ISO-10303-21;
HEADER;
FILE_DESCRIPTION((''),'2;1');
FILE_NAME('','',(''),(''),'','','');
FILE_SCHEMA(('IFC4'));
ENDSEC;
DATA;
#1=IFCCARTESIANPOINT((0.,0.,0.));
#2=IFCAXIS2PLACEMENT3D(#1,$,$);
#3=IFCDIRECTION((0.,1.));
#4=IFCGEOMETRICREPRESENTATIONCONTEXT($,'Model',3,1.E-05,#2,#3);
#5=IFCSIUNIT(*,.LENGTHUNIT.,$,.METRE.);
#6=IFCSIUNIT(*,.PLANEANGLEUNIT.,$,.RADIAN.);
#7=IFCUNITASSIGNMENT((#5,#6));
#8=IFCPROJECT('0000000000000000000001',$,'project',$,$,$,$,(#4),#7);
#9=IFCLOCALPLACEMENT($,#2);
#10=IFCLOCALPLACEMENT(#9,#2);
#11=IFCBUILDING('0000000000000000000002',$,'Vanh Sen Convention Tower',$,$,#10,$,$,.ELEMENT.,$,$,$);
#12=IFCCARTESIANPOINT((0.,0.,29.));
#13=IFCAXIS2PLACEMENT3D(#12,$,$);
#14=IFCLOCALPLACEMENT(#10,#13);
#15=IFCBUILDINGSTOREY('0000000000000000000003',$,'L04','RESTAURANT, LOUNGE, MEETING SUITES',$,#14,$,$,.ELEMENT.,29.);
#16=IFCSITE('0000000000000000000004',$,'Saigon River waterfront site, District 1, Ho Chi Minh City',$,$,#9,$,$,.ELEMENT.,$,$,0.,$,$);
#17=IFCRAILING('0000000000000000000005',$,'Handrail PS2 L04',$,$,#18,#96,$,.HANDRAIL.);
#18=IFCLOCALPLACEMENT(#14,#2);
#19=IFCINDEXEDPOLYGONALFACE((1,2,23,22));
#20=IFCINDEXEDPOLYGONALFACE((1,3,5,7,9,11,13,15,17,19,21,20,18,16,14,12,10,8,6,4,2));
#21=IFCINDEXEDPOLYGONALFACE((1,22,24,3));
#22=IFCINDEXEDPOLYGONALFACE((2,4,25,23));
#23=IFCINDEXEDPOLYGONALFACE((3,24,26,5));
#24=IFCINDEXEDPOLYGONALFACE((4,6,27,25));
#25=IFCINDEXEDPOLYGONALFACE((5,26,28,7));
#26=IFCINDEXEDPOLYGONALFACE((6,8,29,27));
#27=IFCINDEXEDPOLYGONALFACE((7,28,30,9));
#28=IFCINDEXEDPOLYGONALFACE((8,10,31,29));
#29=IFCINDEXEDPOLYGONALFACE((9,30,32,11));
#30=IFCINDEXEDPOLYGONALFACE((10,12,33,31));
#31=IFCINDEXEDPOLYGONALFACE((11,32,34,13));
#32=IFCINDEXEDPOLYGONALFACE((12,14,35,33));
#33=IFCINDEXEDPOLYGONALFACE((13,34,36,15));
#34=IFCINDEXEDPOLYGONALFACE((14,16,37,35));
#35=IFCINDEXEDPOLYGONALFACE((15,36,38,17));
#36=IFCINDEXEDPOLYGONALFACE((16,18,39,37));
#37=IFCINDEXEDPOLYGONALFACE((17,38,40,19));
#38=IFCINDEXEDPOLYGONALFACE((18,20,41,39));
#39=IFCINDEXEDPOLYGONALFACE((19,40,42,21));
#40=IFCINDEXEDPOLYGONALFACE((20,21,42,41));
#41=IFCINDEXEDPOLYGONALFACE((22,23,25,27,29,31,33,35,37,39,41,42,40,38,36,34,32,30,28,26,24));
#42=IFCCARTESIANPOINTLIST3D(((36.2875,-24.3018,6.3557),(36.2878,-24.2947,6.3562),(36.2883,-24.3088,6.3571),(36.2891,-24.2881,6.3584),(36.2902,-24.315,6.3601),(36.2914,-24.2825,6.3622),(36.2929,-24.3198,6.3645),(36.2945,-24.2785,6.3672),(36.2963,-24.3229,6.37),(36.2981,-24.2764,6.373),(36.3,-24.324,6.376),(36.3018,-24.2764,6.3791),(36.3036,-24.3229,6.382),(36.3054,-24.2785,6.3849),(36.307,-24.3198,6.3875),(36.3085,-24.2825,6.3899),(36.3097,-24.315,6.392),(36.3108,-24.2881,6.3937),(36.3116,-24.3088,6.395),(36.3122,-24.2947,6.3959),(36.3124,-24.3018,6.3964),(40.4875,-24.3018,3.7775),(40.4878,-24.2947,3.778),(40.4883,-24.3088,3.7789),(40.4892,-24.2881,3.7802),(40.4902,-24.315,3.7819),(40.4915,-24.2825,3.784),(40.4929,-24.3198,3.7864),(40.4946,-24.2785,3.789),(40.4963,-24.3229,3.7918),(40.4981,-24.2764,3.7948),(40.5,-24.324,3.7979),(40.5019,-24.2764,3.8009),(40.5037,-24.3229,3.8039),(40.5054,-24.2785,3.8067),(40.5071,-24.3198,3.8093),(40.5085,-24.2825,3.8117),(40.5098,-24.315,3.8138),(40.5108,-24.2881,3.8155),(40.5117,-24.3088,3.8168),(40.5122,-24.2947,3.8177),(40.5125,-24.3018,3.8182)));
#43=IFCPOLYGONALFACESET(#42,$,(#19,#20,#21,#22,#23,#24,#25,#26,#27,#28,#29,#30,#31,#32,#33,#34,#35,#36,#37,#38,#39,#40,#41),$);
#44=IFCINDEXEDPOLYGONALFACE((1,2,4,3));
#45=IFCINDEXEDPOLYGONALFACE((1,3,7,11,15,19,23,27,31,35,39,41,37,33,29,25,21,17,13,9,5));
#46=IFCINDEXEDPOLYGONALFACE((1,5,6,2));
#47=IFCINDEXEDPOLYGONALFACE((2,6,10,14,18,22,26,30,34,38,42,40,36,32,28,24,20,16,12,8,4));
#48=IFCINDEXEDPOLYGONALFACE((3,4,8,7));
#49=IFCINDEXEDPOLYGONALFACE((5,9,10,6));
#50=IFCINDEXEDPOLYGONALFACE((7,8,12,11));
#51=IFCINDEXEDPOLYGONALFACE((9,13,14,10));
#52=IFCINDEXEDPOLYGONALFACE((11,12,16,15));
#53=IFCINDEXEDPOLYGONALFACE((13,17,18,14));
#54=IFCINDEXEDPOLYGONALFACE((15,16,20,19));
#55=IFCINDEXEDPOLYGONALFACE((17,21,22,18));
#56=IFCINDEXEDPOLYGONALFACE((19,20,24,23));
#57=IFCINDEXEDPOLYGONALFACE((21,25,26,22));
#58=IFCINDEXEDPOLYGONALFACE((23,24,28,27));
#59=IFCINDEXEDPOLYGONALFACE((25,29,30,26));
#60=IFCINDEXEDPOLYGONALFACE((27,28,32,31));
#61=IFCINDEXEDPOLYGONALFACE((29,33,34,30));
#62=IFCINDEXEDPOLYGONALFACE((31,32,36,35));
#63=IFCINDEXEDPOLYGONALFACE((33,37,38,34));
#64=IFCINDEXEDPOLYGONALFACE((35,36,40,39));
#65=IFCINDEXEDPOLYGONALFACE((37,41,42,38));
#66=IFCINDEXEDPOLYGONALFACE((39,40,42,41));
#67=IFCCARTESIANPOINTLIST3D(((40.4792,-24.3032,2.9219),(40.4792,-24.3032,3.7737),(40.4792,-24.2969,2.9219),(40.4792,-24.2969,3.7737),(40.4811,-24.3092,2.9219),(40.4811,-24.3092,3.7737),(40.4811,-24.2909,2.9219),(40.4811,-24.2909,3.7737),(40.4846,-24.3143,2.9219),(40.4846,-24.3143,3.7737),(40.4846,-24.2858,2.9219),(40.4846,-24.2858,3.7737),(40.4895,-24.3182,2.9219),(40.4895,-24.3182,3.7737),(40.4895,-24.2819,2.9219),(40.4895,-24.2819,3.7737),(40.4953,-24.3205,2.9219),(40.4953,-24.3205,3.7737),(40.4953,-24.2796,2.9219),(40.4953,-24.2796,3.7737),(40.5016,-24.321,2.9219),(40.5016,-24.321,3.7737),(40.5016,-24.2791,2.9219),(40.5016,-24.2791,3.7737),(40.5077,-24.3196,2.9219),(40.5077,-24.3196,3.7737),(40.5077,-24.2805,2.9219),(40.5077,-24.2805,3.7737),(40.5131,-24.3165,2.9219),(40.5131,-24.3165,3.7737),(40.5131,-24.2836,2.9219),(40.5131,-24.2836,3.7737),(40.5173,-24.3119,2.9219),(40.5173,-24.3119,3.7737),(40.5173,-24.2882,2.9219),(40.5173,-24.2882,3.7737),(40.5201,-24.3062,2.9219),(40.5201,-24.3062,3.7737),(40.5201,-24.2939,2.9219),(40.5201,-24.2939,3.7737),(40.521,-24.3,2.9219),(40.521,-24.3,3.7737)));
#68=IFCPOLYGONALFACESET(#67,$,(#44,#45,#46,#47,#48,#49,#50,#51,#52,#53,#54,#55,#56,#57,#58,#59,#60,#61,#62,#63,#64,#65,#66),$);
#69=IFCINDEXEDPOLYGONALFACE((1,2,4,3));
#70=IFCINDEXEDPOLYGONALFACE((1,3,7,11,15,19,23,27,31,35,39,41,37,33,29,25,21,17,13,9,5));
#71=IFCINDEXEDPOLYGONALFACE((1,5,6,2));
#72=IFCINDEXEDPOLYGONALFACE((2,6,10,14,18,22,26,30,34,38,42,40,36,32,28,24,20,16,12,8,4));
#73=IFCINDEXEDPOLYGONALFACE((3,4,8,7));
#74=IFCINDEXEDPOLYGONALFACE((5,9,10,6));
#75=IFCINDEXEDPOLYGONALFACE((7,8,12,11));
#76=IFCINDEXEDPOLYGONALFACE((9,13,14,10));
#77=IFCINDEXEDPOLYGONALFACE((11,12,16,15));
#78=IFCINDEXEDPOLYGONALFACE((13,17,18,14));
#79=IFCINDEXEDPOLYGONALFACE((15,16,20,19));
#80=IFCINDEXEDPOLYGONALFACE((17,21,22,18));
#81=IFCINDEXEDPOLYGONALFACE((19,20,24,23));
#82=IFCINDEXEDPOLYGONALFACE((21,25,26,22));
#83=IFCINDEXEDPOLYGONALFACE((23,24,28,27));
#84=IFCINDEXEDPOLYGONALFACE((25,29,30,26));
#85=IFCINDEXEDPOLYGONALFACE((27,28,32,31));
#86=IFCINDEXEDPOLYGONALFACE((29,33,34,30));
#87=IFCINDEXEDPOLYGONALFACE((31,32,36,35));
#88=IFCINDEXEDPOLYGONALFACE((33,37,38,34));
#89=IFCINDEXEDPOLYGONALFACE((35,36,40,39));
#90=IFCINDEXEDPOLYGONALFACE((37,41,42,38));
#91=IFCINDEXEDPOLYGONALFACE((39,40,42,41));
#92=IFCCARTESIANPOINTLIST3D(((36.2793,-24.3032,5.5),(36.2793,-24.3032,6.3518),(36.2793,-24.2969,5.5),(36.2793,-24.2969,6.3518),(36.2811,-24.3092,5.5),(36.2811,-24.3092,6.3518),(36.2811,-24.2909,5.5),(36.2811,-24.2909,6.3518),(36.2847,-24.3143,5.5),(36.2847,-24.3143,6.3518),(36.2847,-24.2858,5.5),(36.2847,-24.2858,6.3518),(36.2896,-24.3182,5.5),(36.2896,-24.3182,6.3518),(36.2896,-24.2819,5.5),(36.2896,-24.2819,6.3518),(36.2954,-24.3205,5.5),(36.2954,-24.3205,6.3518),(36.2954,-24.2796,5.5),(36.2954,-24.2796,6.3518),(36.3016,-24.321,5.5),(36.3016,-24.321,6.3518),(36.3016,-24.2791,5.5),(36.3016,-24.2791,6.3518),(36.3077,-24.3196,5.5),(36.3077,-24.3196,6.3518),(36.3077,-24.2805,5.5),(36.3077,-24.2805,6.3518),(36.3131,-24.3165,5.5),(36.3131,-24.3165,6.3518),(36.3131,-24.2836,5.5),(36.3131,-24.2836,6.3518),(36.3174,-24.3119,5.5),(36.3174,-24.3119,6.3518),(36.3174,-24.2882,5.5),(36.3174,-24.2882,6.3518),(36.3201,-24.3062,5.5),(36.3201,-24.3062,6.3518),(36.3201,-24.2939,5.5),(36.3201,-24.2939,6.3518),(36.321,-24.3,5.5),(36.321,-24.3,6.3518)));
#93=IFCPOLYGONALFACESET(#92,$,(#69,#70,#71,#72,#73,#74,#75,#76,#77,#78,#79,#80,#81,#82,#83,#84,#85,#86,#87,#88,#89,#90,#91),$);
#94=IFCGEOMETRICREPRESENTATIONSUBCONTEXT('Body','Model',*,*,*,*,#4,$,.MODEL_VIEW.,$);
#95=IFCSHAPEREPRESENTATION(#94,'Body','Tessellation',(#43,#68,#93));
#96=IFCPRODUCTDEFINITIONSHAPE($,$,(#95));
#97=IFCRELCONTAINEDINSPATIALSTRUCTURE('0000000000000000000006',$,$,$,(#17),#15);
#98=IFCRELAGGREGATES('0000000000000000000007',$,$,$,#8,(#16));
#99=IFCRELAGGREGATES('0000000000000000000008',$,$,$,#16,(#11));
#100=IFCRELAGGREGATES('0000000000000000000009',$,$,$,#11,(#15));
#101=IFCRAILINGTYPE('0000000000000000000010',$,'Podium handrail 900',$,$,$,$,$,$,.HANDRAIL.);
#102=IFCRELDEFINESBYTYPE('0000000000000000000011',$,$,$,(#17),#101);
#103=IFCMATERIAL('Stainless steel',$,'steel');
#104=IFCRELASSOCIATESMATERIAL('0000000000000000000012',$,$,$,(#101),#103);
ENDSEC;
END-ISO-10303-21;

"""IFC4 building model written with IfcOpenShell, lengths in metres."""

from ifc_helpers import new_model, si_unit, direction, frame, origin, origin_2d, place, context, subcontext, project, spatial, circle, extrude, material, type_object, element, save


model = new_model("IFC4")

# Units and contexts
model_context = context("Model", 3, precision=1e-05, world=origin(), true_north=direction((0.0, 1.0)))
body_context = subcontext(model_context, "Body", "Model", "MODEL_VIEW")
ifc_project = project(units=[si_unit("LENGTHUNIT", "METRE"), si_unit("PLANEANGLEUNIT", "RADIAN")], contexts=[model_context])

# Site, building, storey
site_placement = place(None, origin())
site = spatial("IfcSite", under=ifc_project, at=site_placement, Name="Saigon River waterfront site, District 1, Ho Chi Minh City", CompositionType="ELEMENT", RefElevation=0.0)
building_placement = place(site_placement, origin())
building = spatial("IfcBuilding", under=site, at=building_placement, Name="Vanh Sen Convention Tower", CompositionType="ELEMENT")
storey_placement = place(building_placement, frame((0.0, 0.0, 29.0)))
storey = spatial("IfcBuildingStorey", under=building, at=storey_placement, Name="L04", Description="RESTAURANT, LOUNGE, MEETING SUITES", CompositionType="ELEMENT", Elevation=29.0)

# Railing
ifc_material_1 = material(Name="Stainless steel", Category="steel")
railing_type = type_object("IfcRailingType", Name="Podium handrail 900", PredefinedType="HANDRAIL", material=ifc_material_1)
for number, where, name in (
    (1, (40.5, -24.3, 2.9219), "Handrail PS2 L04"),
):
    element("IfcRailing", number, at=place(storey_placement, frame(where)), inside=storey, type_object=railing_type, Name=name, PredefinedType="HANDRAIL", context=body_context, shape_type="SweptSolid", body=[
        extrude(circle(Radius=0.0239, at=origin_2d()), frame((0.0, 0.0, 0.876), z_axis=(-0.852243, 0.0, 0.523146), x_axis=(0.0, -1.0, 0.0)), (0.0, 0.0, 1.0), 4.9282),
        extrude(circle(Radius=0.021, at=origin_2d()), origin(), (0.0, 0.0, 1.0), 0.8518),
        extrude(circle(Radius=0.021, at=origin_2d()), frame((-4.2, 0.0, 2.5781)), (0.0, 0.0, 1.0), 0.8518),
    ])

save(model, "model.ifc")
